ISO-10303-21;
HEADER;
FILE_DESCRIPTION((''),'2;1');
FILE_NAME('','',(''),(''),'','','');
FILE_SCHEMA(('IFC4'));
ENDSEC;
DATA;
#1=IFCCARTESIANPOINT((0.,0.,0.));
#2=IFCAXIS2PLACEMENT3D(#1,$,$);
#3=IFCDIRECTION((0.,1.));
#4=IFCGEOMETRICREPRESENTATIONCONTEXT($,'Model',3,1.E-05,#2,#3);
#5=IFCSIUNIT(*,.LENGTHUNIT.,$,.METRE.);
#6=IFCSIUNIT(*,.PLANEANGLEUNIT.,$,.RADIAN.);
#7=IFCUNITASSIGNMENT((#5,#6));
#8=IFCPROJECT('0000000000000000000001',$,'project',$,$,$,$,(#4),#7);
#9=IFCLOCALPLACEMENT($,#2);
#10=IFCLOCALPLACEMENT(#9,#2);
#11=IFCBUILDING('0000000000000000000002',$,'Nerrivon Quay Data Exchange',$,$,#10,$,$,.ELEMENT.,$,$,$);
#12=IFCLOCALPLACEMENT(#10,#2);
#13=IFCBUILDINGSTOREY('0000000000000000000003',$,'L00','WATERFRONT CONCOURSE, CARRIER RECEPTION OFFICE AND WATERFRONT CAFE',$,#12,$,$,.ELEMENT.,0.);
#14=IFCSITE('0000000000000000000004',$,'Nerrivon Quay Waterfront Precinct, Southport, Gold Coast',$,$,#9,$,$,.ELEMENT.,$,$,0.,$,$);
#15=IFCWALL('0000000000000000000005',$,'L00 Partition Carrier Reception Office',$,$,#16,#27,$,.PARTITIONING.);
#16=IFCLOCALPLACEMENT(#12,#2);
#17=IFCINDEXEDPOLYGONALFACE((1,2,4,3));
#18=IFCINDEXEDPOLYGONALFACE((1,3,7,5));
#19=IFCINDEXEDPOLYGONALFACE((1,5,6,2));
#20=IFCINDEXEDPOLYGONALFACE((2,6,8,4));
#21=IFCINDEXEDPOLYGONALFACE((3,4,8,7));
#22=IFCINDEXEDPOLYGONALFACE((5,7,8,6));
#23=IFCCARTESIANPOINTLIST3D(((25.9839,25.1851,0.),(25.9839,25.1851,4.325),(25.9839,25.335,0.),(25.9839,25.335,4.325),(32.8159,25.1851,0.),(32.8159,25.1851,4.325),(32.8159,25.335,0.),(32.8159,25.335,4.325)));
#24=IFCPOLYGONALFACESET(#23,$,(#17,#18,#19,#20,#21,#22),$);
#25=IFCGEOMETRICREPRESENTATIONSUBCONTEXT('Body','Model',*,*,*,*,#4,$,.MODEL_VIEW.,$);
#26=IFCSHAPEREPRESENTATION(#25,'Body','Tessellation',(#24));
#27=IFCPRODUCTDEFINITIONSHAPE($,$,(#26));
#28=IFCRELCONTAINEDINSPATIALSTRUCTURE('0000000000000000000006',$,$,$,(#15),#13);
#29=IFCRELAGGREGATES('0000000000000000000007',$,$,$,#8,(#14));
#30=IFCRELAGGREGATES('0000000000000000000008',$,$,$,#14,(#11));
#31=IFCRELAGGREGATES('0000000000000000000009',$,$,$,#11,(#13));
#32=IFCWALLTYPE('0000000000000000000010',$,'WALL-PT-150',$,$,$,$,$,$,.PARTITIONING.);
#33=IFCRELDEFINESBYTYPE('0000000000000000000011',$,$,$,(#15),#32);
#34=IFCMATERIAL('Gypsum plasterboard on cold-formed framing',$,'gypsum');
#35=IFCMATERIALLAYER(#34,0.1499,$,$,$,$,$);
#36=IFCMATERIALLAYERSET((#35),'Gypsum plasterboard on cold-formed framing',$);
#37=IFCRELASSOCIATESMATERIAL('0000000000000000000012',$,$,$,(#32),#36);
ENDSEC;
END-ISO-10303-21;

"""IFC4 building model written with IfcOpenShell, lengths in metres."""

from ifc_helpers import new_model, si_unit, direction, frame, frame_2d, origin, place, context, subcontext, project, spatial, rectangle, extrude, material, layer, layer_set, type_object, element, save


model = new_model("IFC4")

# Units and contexts
model_context = context("Model", 3, precision=1e-05, world=origin(), true_north=direction((0.0, 1.0)))
body_context = subcontext(model_context, "Body", "Model", "MODEL_VIEW")
ifc_project = project(units=[si_unit("LENGTHUNIT", "METRE"), si_unit("PLANEANGLEUNIT", "RADIAN")], contexts=[model_context])

# Site, building, storey
site_placement = place(None, origin())
site = spatial("IfcSite", under=ifc_project, at=site_placement, Name="Nerrivon Quay Waterfront Precinct, Southport, Gold Coast", CompositionType="ELEMENT", RefElevation=0.0)
building_placement = place(site_placement, origin())
building = spatial("IfcBuilding", under=site, at=building_placement, Name="Nerrivon Quay Data Exchange", CompositionType="ELEMENT")
storey_placement = place(building_placement, origin())
storey = spatial("IfcBuildingStorey", under=building, at=storey_placement, Name="L00", Description="WATERFRONT CONCOURSE, CARRIER RECEPTION OFFICE AND WATERFRONT CAFE", CompositionType="ELEMENT", Elevation=0.0)

# Wall
ifc_material_1 = material(Name="Gypsum plasterboard on cold-formed framing", Category="gypsum")
ifc_layer_1 = layer(ifc_material_1, 0.1499)
ifc_layer_set_1 = layer_set([ifc_layer_1], Name="Gypsum plasterboard on cold-formed framing")
wall_type_1 = type_object("IfcWallType", Name="WALL-PT-150", PredefinedType="PARTITIONING", material=ifc_layer_set_1)
wall_1_placement = place(storey_placement, frame((25.9839, 25.26, 0.0), z_axis=(0.0, 0.0, 1.0), x_axis=(1.0, 0.0, 0.0)))
element("IfcWall", 1, at=wall_1_placement, inside=storey, type_object=wall_type_1, Name="L00 Partition Carrier Reception Office", PredefinedType="PARTITIONING", context=body_context, shape_type="SweptSolid", body=[
    extrude(rectangle(XDim=6.832, YDim=0.1499, at=frame_2d((3.416, 0.0))), origin(), (0.0, 0.0, 1.0), 4.325),
])

save(model, "model.ifc")
